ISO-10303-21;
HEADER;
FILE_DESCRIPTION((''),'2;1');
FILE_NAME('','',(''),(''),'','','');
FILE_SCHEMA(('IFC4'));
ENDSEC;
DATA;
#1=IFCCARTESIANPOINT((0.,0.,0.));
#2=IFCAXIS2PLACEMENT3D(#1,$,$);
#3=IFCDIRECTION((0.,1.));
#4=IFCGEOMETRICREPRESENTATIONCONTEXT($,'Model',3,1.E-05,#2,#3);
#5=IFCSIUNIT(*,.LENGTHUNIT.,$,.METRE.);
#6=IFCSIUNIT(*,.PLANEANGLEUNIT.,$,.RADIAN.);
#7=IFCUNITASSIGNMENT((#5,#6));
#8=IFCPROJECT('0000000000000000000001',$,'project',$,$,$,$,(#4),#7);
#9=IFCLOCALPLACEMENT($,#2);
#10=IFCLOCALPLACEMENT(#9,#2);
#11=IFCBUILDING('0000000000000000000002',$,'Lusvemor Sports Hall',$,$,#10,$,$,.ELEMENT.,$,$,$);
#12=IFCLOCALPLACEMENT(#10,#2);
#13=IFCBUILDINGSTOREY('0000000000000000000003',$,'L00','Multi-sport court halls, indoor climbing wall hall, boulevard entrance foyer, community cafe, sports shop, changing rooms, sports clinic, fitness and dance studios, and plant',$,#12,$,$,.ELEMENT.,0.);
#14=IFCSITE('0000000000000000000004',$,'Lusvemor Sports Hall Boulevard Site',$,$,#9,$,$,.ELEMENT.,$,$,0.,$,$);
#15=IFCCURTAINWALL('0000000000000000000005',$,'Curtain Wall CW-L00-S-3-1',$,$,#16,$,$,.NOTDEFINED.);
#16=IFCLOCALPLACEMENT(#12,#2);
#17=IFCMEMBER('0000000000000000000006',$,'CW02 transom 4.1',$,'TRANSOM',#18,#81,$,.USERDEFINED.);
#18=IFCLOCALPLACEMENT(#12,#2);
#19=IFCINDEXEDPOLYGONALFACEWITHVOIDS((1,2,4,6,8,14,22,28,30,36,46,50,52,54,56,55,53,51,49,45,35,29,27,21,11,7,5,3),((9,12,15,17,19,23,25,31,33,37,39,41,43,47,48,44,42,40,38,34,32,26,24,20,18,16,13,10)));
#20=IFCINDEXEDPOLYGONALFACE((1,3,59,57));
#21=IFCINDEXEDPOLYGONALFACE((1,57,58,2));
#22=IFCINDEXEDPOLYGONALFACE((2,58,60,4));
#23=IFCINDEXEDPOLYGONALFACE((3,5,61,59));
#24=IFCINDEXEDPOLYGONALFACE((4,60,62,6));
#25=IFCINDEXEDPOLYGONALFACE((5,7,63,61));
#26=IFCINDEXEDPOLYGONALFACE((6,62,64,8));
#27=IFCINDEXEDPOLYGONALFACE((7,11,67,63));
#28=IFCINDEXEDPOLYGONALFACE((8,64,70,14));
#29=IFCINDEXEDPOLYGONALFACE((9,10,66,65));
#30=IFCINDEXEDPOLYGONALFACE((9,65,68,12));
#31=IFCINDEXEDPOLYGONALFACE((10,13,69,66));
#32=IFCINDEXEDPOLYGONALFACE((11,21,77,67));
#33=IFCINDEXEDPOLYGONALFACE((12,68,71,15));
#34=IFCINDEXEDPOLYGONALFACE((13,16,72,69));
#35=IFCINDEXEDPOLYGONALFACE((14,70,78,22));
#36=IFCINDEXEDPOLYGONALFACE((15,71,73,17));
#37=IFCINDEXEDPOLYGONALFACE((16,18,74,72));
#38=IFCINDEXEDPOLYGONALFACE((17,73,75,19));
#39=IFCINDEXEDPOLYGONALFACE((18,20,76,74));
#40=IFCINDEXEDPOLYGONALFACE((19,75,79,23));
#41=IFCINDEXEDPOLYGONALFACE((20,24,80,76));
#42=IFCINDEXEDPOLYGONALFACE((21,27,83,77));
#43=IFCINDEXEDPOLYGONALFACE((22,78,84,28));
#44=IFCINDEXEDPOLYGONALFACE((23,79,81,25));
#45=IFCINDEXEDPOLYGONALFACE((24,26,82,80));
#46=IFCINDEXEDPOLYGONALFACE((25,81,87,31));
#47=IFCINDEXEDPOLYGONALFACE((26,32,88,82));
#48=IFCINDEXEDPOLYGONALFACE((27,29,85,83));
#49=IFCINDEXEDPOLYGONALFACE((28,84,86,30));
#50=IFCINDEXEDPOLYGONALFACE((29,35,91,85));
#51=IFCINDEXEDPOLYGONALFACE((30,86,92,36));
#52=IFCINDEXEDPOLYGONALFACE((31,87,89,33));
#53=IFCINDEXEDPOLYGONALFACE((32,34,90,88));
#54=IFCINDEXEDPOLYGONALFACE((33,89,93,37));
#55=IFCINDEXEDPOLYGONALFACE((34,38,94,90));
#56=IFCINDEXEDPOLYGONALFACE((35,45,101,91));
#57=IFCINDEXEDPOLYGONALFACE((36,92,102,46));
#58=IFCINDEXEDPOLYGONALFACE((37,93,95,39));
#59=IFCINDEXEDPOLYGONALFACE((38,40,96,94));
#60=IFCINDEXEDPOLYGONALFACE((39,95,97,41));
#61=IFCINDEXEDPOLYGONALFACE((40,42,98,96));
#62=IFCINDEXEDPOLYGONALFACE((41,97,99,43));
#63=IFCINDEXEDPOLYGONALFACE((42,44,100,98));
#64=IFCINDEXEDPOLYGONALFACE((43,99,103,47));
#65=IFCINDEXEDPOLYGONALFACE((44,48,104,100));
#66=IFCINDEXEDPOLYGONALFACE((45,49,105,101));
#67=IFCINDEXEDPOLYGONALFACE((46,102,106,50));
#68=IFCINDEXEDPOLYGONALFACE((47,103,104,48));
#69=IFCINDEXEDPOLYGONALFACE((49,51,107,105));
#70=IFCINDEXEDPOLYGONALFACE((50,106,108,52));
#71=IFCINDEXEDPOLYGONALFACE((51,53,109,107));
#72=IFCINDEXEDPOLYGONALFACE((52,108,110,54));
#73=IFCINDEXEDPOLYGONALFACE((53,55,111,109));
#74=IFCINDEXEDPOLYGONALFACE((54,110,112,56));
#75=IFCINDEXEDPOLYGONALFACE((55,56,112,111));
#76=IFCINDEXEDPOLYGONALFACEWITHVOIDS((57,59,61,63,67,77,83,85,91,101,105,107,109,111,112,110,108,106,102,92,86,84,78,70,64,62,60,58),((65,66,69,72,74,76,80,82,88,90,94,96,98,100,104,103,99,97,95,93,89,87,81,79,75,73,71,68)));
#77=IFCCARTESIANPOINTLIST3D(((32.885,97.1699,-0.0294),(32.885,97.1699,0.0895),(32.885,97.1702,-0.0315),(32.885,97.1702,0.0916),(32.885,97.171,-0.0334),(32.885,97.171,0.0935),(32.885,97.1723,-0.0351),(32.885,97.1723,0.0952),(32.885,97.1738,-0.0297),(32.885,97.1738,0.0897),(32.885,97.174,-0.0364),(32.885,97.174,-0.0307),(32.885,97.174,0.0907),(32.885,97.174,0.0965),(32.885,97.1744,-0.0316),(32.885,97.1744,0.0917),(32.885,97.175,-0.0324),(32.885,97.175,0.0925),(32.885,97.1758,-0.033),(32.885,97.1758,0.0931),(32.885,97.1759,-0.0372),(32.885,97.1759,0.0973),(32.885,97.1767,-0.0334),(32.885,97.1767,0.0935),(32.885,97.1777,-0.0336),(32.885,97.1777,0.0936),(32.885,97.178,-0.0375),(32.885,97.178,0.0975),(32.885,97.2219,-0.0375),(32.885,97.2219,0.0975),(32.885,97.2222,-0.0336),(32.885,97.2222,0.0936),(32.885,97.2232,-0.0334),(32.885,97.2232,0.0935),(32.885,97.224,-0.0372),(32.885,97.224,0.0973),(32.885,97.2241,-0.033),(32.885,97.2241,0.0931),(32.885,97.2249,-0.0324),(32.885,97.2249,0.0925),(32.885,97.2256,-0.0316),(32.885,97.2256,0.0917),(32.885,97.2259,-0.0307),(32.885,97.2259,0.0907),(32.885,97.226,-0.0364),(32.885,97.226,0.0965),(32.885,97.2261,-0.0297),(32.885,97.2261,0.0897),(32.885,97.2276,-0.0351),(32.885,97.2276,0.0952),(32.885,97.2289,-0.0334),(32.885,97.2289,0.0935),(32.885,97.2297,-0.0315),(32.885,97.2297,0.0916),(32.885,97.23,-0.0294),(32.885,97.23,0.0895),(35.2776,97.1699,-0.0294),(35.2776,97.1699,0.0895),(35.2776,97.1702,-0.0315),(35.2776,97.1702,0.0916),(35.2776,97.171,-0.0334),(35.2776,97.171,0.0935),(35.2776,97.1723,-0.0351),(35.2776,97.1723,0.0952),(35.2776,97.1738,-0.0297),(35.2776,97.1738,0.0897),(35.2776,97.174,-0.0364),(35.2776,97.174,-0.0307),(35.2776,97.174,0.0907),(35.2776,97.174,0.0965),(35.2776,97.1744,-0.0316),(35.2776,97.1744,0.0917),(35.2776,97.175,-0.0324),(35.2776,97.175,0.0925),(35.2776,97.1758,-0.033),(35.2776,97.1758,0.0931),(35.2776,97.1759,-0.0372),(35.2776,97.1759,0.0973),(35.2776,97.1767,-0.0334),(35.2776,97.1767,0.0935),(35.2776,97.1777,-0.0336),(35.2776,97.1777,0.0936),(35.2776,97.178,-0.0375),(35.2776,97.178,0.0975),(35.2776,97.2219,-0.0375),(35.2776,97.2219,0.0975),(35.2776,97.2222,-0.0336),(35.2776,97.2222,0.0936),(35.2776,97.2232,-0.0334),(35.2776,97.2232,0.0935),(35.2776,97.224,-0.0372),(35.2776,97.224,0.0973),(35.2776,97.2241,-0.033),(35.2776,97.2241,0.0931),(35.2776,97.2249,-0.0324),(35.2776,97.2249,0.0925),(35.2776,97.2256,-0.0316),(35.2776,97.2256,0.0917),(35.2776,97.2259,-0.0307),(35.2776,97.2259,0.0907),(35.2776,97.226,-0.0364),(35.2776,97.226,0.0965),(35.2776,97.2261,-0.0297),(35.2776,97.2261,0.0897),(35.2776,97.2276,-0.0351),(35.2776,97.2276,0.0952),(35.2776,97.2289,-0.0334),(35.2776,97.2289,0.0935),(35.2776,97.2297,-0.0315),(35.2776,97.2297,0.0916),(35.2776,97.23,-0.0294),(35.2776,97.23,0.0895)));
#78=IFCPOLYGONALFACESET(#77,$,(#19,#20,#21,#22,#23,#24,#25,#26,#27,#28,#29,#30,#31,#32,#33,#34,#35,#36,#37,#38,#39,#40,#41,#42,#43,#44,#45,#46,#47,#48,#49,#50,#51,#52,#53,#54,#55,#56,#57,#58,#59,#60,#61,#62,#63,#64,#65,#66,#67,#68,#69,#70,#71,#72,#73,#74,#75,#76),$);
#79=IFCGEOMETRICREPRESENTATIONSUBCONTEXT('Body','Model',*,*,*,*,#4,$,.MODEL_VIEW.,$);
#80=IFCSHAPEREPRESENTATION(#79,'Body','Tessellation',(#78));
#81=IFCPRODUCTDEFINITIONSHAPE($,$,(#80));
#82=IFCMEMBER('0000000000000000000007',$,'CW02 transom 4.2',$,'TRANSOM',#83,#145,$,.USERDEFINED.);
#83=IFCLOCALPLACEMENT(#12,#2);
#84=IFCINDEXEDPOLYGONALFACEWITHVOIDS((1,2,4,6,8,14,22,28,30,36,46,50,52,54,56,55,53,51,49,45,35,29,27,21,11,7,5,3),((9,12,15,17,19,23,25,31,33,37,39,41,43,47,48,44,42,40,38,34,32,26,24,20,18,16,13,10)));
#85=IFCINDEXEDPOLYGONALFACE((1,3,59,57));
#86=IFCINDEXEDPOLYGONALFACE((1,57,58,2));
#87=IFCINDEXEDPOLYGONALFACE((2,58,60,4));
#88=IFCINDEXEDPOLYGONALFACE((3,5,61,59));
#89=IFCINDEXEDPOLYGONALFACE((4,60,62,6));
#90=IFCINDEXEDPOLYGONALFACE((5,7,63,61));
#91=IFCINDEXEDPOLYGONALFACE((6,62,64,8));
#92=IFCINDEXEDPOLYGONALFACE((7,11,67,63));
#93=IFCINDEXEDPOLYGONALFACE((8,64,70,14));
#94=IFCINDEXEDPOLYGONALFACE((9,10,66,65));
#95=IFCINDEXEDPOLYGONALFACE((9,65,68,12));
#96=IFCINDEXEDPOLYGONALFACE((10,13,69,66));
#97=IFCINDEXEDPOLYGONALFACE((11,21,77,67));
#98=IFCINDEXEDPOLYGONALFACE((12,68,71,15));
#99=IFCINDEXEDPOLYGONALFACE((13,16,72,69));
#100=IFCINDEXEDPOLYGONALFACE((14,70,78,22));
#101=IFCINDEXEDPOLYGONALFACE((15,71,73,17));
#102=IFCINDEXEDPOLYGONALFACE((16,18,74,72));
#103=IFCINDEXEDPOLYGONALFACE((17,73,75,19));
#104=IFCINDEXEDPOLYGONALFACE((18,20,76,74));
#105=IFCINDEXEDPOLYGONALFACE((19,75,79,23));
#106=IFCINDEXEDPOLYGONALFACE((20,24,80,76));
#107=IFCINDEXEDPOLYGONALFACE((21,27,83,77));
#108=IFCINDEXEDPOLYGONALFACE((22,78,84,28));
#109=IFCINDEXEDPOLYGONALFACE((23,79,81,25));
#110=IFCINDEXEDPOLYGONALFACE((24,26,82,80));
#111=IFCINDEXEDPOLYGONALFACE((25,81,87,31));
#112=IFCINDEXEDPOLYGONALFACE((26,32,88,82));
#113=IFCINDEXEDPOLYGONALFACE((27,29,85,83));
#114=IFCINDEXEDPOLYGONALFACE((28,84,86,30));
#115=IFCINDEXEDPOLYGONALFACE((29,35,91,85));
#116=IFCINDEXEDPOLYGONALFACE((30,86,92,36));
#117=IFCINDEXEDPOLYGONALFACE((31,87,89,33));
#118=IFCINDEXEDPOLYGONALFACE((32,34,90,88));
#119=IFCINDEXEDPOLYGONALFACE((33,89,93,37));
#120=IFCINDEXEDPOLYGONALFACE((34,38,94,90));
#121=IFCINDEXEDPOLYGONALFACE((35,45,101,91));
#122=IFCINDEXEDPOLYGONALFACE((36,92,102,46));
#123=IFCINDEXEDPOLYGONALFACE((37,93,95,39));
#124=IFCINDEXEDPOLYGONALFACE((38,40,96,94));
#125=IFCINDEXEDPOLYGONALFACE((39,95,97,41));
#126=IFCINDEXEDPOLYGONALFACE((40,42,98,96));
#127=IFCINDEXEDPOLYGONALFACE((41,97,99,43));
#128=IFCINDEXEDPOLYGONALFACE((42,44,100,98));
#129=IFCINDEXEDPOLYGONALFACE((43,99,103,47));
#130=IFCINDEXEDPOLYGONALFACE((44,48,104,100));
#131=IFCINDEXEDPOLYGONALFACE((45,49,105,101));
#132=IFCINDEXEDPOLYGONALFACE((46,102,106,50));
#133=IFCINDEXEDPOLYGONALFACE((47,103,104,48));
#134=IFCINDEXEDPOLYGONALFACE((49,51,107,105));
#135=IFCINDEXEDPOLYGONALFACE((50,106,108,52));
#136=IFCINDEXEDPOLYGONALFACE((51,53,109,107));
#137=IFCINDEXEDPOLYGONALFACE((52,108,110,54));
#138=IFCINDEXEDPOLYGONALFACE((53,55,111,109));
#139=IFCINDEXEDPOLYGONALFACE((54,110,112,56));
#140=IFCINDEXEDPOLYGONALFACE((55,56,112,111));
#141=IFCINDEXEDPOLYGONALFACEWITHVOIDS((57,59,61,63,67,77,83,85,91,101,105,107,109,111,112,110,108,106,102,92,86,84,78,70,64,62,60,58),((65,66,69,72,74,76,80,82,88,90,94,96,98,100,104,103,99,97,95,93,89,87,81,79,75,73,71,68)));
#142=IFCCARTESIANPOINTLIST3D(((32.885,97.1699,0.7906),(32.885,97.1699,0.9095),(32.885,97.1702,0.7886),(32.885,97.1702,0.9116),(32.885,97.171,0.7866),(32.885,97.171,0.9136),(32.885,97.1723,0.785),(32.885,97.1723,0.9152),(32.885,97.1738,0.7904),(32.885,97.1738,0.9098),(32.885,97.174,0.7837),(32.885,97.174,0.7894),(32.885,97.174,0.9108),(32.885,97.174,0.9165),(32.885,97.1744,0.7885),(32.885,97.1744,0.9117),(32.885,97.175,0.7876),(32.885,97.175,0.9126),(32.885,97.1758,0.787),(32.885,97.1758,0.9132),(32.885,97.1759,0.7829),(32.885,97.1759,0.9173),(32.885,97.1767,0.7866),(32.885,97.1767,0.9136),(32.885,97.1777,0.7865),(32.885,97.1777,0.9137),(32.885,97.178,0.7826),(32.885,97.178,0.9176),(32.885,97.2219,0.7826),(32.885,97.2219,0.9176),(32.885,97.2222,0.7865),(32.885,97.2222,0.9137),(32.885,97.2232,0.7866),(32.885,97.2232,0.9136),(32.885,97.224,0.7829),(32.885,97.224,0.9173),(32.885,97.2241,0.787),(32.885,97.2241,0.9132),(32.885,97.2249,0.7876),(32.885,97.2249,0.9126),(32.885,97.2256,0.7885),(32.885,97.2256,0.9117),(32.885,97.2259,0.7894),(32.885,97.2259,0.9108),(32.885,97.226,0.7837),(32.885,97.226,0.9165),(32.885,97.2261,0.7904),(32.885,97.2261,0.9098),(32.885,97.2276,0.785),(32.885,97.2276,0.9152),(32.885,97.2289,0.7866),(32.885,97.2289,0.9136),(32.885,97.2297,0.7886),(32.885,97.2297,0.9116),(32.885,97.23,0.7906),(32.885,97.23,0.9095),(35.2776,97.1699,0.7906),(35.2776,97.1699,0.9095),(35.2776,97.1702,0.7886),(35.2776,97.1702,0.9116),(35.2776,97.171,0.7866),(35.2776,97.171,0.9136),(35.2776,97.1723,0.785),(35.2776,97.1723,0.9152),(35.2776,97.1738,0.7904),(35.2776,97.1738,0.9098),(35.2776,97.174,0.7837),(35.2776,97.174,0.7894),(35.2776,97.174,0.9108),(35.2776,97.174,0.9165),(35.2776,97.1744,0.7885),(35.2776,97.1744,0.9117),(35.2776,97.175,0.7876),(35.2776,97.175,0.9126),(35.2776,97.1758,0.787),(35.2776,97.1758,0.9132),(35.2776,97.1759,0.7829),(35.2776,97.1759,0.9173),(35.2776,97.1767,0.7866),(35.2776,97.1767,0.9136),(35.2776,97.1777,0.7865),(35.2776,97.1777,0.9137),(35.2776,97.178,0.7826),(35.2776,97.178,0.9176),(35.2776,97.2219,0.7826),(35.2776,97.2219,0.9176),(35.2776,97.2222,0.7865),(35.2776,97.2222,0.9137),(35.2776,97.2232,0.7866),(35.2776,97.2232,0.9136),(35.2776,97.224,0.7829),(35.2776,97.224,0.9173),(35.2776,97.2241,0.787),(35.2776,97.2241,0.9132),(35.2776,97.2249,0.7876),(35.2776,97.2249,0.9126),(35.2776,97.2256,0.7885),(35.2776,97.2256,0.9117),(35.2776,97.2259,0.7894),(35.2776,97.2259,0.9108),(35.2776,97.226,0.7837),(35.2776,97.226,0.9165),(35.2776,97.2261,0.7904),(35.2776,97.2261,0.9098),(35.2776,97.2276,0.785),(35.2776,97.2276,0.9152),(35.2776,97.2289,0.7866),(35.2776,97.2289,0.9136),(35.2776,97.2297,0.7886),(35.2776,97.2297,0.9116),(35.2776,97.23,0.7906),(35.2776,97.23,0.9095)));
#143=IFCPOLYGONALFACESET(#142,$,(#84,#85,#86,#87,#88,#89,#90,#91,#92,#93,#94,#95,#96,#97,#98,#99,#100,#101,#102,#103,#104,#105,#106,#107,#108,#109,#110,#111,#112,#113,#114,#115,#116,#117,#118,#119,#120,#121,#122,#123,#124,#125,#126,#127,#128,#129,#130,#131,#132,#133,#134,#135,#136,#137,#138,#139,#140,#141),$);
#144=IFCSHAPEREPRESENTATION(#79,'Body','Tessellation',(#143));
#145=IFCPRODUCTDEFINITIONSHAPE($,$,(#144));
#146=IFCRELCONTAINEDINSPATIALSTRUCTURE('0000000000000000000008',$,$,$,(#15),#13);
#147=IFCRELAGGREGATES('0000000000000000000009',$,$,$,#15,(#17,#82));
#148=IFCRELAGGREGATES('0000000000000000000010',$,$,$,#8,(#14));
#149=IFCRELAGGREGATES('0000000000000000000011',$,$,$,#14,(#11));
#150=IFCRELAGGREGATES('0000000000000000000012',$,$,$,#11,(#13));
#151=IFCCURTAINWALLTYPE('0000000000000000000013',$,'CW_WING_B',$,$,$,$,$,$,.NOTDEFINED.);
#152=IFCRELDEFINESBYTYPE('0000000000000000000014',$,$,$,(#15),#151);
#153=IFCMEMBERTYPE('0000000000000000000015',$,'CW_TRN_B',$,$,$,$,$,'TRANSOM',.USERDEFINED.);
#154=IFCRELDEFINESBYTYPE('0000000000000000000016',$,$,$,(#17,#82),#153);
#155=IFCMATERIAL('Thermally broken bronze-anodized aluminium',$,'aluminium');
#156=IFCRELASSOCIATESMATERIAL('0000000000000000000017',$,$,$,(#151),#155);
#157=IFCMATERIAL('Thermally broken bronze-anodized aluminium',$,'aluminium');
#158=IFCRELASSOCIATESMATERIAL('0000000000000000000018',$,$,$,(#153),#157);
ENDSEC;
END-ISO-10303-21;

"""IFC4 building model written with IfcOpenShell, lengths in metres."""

from ifc_helpers import new_model, si_unit, direction, frame, origin, origin_2d, place, context, subcontext, project, spatial, hollow_rectangle, extrude, material, material_profile, profile_set, type_object, element, aggregate, save


model = new_model("IFC4")

# Units and contexts
model_context = context("Model", 3, precision=1e-05, world=origin(), true_north=direction((0.0, 1.0)))
body_context = subcontext(model_context, "Body", "Model", "MODEL_VIEW")
ifc_project = project(units=[si_unit("LENGTHUNIT", "METRE"), si_unit("PLANEANGLEUNIT", "RADIAN")], contexts=[model_context])

# Site, building, storey
site_placement = place(None, origin())
site = spatial("IfcSite", under=ifc_project, at=site_placement, Name="Lusvemor Sports Hall Boulevard Site", CompositionType="ELEMENT", RefElevation=0.0)
building_placement = place(site_placement, origin())
building = spatial("IfcBuilding", under=site, at=building_placement, Name="Lusvemor Sports Hall", CompositionType="ELEMENT")
storey_placement = place(building_placement, origin())
storey = spatial("IfcBuildingStorey", under=building, at=storey_placement, Name="L00", Description="Multi-sport court halls, indoor climbing wall hall, boulevard entrance foyer, community cafe, sports shop, changing rooms, sports clinic, fitness and dance studios, and plant", CompositionType="ELEMENT", Elevation=0.0)

# Curtain wall, members
ifc_material_1 = material(Name="Thermally broken bronze-anodized aluminium", Category="aluminium")
curtain_wall_type = type_object("IfcCurtainWallType", Name="CW_WING_B", PredefinedType="NOTDEFINED", material=ifc_material_1)
curtain_wall_placement = place(storey_placement, origin())
curtain_wall = element("IfcCurtainWall", 1, at=curtain_wall_placement, inside=storey, type_object=curtain_wall_type, Name="Curtain Wall CW-L00-S-3-1", PredefinedType="NOTDEFINED")
ifc_material_2 = material(Name="Thermally broken bronze-anodized aluminium", Category="aluminium")
ifc_material_profile_1 = material_profile(ifc_material_2, hollow_rectangle(XDim=0.0601, YDim=0.135, WallThickness=0.0039, InnerFilletRadius=0.0039, OuterFilletRadius=0.0081, at=origin_2d()), Name="CWTRN135x60x4")
ifc_profile_set_1 = profile_set([ifc_material_profile_1], Name="Thermally broken bronze-anodized aluminium")
member_type_1 = type_object("IfcMemberType", Name="CW_TRN_B", ElementType="TRANSOM", PredefinedType="USERDEFINED", material=ifc_profile_set_1)
member_1_placement = place(storey_placement, frame((35.2776, 97.2, 0.03), z_axis=(-1.0, 0.0, 0.0), x_axis=(0.0, -1.0, 0.0)))
member_1 = element("IfcMember", 2, at=member_1_placement, type_object=member_type_1, Name="CW02 transom 4.1", ObjectType="TRANSOM", PredefinedType="USERDEFINED", context=body_context, shape_type="SweptSolid", body=[
    extrude(hollow_rectangle(XDim=0.0601, YDim=0.135, WallThickness=0.0039, InnerFilletRadius=0.0039, OuterFilletRadius=0.0081, at=origin_2d()), origin(), (0.0, 0.0, 1.0), 2.3926),
])
member_2_placement = place(storey_placement, frame((35.2776, 97.2, 0.8501), z_axis=(-1.0, 0.0, 0.0), x_axis=(0.0, -1.0, 0.0)))
member_2 = element("IfcMember", 3, at=member_2_placement, type_object=member_type_1, Name="CW02 transom 4.2", ObjectType="TRANSOM", PredefinedType="USERDEFINED", context=body_context, shape_type="SweptSolid", body=[
    extrude(hollow_rectangle(XDim=0.0601, YDim=0.135, WallThickness=0.0039, InnerFilletRadius=0.0039, OuterFilletRadius=0.0081, at=origin_2d()), origin(), (0.0, 0.0, 1.0), 2.3926),
])
aggregate(curtain_wall, [member_1, member_2])

save(model, "model.ifc")
